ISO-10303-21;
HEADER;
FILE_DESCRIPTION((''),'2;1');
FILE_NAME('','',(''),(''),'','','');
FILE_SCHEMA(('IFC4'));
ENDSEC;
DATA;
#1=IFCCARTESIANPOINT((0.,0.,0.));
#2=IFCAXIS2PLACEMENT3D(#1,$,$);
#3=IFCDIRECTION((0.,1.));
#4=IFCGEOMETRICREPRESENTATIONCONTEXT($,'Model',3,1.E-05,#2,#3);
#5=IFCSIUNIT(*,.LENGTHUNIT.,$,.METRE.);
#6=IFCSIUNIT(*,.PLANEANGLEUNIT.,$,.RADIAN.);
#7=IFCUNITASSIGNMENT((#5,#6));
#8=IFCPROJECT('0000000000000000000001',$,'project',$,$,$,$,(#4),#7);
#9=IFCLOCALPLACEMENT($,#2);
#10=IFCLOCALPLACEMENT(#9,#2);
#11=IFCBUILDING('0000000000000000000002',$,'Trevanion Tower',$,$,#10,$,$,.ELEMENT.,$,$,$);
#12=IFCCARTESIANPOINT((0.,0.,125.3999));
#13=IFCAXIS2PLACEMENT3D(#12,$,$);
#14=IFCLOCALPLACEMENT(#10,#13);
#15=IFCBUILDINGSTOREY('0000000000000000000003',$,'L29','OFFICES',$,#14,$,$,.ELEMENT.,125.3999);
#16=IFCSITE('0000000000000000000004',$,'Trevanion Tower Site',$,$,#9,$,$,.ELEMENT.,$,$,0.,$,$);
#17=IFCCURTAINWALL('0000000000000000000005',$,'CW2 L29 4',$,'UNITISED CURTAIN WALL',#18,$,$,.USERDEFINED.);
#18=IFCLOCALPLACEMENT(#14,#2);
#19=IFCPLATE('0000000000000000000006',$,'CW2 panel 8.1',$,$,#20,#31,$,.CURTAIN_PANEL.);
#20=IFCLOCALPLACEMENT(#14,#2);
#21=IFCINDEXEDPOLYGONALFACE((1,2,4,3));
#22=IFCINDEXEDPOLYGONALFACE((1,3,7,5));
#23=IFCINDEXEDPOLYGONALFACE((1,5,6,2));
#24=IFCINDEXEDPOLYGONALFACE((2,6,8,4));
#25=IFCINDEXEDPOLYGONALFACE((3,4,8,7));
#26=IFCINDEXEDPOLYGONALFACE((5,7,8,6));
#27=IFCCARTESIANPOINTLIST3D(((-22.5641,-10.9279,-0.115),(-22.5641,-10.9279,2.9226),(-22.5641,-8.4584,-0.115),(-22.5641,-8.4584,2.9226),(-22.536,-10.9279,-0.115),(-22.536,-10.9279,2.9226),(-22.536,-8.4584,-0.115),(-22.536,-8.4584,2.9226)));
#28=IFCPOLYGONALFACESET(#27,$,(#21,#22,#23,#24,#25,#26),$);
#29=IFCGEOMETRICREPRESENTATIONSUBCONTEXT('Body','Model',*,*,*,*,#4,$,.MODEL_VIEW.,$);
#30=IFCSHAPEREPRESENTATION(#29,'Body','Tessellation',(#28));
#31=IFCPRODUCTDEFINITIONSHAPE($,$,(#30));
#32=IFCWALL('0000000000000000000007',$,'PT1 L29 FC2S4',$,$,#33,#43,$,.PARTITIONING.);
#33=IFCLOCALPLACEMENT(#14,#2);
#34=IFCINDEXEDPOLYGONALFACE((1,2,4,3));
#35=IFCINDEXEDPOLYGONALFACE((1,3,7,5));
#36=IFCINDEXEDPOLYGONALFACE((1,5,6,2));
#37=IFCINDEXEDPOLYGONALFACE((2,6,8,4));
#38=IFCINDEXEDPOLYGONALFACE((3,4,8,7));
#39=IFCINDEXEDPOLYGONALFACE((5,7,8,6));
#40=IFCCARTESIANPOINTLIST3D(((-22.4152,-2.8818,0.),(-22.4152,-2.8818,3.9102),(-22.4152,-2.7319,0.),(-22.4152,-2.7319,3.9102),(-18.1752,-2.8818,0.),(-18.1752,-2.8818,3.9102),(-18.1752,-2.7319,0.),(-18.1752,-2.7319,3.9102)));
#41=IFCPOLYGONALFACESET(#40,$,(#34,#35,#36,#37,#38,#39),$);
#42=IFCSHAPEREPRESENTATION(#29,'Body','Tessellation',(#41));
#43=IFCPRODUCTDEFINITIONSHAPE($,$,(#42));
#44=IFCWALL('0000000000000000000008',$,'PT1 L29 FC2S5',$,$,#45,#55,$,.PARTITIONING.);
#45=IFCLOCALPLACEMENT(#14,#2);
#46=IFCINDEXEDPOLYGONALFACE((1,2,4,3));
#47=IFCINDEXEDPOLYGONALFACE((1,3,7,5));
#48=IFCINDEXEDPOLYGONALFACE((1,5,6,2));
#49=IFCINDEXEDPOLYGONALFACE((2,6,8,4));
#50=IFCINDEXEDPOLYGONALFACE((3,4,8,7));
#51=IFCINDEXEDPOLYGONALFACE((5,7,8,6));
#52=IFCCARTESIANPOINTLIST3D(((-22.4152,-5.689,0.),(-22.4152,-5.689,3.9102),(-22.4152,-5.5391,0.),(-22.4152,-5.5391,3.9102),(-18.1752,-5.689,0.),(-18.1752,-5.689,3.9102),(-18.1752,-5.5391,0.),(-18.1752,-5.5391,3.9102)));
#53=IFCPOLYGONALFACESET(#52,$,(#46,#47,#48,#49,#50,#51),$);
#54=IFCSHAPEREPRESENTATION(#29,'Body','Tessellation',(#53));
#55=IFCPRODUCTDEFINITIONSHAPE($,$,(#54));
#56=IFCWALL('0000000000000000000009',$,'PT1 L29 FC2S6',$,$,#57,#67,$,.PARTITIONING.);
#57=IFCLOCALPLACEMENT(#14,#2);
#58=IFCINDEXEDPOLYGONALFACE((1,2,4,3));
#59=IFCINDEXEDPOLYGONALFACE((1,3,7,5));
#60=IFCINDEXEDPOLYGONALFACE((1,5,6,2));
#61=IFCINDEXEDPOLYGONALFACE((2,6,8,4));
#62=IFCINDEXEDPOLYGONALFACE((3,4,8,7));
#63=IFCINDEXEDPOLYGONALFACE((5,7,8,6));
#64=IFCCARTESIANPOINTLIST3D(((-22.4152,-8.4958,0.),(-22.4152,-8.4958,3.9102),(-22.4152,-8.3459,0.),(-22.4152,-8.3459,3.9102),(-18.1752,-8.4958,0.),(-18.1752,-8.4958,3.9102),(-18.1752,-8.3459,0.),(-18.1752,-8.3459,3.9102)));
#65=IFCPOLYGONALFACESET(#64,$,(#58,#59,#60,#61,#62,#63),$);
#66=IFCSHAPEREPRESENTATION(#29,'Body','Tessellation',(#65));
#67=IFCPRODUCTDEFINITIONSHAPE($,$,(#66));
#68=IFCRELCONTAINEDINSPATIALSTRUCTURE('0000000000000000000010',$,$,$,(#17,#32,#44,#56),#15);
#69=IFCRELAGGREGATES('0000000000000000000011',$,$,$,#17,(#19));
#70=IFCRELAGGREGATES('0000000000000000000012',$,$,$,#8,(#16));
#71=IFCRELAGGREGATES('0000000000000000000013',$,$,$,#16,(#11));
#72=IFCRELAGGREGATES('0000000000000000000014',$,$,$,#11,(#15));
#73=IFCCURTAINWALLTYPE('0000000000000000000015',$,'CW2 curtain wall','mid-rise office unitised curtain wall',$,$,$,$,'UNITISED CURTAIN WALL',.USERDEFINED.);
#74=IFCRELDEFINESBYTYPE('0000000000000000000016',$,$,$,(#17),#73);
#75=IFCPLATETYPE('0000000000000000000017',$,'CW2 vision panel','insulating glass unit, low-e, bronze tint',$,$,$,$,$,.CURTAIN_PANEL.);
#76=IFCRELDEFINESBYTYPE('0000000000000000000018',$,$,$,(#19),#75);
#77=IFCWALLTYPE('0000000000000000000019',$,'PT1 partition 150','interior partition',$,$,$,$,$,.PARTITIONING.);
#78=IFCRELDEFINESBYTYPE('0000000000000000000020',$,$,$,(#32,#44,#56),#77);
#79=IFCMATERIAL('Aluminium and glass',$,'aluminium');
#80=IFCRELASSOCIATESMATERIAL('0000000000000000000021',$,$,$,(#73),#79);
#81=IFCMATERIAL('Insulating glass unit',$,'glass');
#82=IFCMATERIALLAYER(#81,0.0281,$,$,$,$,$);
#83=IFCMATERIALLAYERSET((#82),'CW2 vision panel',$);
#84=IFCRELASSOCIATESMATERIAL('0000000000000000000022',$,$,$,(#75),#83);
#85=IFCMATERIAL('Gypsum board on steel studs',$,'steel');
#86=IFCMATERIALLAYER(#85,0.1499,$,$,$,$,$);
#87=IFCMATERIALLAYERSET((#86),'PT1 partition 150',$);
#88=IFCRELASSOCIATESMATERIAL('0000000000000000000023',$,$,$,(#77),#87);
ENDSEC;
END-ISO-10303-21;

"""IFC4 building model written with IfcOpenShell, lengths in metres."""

from ifc_helpers import new_model, si_unit, direction, frame, frame_2d, origin, origin_2d, place, context, subcontext, project, spatial, rectangle, extrude, material, layer, layer_set, type_object, element, aggregate, save


model = new_model("IFC4")

# Units and contexts
model_context = context("Model", 3, precision=1e-05, world=origin(), true_north=direction((0.0, 1.0)))
body_context = subcontext(model_context, "Body", "Model", "MODEL_VIEW")
ifc_project = project(units=[si_unit("LENGTHUNIT", "METRE"), si_unit("PLANEANGLEUNIT", "RADIAN")], contexts=[model_context])

# Site, building, storey
site_placement = place(None, origin())
site = spatial("IfcSite", under=ifc_project, at=site_placement, Name="Trevanion Tower Site", CompositionType="ELEMENT", RefElevation=0.0)
building_placement = place(site_placement, origin())
building = spatial("IfcBuilding", under=site, at=building_placement, Name="Trevanion Tower", CompositionType="ELEMENT")
storey_placement = place(building_placement, frame((0.0, 0.0, 125.3999)))
storey = spatial("IfcBuildingStorey", under=building, at=storey_placement, Name="L29", Description="OFFICES", CompositionType="ELEMENT", Elevation=125.3999)

# Curtain wall
ifc_material_1 = material(Name="Aluminium and glass", Category="aluminium")
curtain_wall_type = type_object("IfcCurtainWallType", Name="CW2 curtain wall", Description="mid-rise office unitised curtain wall", ElementType="UNITISED CURTAIN WALL", PredefinedType="USERDEFINED", material=ifc_material_1)
curtain_wall_1_placement = place(storey_placement, origin())
curtain_wall_1 = element("IfcCurtainWall", 1, at=curtain_wall_1_placement, inside=storey, type_object=curtain_wall_type, Name="CW2 L29 4", ObjectType="UNITISED CURTAIN WALL", PredefinedType="USERDEFINED")

# Plate
ifc_material_2 = material(Name="Insulating glass unit", Category="glass")
ifc_layer_1 = layer(ifc_material_2, 0.0281)
ifc_layer_set_1 = layer_set([ifc_layer_1], Name="CW2 vision panel")
plate_type_1 = type_object("IfcPlateType", Name="CW2 vision panel", Description="insulating glass unit, low-e, bronze tint", PredefinedType="CURTAIN_PANEL", material=ifc_layer_set_1)
plate_1_placement = place(storey_placement, frame((-22.55, -9.6931, -0.115), z_axis=(0.0, 0.0, 1.0), x_axis=(0.0, -1.0, 0.0)))
plate_1 = element("IfcPlate", 2, at=plate_1_placement, type_object=plate_type_1, Name="CW2 panel 8.1", PredefinedType="CURTAIN_PANEL", context=body_context, shape_type="SweptSolid", body=[
    extrude(rectangle(XDim=2.4695, YDim=0.0281, at=origin_2d()), origin(), (0.0, 0.0, 1.0), 3.0376),
])
aggregate(curtain_wall_1, [plate_1])

# Walls
ifc_material_3 = material(Name="Gypsum board on steel studs", Category="steel")
ifc_layer_2 = layer(ifc_material_3, 0.1499)
ifc_layer_set_2 = layer_set([ifc_layer_2], Name="PT1 partition 150")
wall_type = type_object("IfcWallType", Name="PT1 partition 150", Description="interior partition", PredefinedType="PARTITIONING", material=ifc_layer_set_2)
for number, where, z_axis, x_axis, name in (
    (3, (-18.175, -2.8069, 0.0), (0.0, 0.0, 1.0), (-1.0, 0.0, 0.0), "PT1 L29 FC2S4"),
    (4, (-18.175, -5.614, 0.0), (0.0, 0.0, 1.0), (-1.0, 0.0, 0.0), "PT1 L29 FC2S5"),
    (5, (-18.175, -8.4209, 0.0), (0.0, 0.0, 1.0), (-1.0, 0.0, 0.0), "PT1 L29 FC2S6"),
):
    element("IfcWall", number, at=place(storey_placement, frame(where, z_axis=z_axis, x_axis=x_axis)), inside=storey, type_object=wall_type, Name=name, PredefinedType="PARTITIONING", context=body_context, shape_type="SweptSolid", body=[
        extrude(rectangle(XDim=4.24, YDim=0.1499, at=frame_2d((2.1201, 0.0))), origin(), (0.0, 0.0, 1.0), 3.9102),
    ])

save(model, "model.ifc")
